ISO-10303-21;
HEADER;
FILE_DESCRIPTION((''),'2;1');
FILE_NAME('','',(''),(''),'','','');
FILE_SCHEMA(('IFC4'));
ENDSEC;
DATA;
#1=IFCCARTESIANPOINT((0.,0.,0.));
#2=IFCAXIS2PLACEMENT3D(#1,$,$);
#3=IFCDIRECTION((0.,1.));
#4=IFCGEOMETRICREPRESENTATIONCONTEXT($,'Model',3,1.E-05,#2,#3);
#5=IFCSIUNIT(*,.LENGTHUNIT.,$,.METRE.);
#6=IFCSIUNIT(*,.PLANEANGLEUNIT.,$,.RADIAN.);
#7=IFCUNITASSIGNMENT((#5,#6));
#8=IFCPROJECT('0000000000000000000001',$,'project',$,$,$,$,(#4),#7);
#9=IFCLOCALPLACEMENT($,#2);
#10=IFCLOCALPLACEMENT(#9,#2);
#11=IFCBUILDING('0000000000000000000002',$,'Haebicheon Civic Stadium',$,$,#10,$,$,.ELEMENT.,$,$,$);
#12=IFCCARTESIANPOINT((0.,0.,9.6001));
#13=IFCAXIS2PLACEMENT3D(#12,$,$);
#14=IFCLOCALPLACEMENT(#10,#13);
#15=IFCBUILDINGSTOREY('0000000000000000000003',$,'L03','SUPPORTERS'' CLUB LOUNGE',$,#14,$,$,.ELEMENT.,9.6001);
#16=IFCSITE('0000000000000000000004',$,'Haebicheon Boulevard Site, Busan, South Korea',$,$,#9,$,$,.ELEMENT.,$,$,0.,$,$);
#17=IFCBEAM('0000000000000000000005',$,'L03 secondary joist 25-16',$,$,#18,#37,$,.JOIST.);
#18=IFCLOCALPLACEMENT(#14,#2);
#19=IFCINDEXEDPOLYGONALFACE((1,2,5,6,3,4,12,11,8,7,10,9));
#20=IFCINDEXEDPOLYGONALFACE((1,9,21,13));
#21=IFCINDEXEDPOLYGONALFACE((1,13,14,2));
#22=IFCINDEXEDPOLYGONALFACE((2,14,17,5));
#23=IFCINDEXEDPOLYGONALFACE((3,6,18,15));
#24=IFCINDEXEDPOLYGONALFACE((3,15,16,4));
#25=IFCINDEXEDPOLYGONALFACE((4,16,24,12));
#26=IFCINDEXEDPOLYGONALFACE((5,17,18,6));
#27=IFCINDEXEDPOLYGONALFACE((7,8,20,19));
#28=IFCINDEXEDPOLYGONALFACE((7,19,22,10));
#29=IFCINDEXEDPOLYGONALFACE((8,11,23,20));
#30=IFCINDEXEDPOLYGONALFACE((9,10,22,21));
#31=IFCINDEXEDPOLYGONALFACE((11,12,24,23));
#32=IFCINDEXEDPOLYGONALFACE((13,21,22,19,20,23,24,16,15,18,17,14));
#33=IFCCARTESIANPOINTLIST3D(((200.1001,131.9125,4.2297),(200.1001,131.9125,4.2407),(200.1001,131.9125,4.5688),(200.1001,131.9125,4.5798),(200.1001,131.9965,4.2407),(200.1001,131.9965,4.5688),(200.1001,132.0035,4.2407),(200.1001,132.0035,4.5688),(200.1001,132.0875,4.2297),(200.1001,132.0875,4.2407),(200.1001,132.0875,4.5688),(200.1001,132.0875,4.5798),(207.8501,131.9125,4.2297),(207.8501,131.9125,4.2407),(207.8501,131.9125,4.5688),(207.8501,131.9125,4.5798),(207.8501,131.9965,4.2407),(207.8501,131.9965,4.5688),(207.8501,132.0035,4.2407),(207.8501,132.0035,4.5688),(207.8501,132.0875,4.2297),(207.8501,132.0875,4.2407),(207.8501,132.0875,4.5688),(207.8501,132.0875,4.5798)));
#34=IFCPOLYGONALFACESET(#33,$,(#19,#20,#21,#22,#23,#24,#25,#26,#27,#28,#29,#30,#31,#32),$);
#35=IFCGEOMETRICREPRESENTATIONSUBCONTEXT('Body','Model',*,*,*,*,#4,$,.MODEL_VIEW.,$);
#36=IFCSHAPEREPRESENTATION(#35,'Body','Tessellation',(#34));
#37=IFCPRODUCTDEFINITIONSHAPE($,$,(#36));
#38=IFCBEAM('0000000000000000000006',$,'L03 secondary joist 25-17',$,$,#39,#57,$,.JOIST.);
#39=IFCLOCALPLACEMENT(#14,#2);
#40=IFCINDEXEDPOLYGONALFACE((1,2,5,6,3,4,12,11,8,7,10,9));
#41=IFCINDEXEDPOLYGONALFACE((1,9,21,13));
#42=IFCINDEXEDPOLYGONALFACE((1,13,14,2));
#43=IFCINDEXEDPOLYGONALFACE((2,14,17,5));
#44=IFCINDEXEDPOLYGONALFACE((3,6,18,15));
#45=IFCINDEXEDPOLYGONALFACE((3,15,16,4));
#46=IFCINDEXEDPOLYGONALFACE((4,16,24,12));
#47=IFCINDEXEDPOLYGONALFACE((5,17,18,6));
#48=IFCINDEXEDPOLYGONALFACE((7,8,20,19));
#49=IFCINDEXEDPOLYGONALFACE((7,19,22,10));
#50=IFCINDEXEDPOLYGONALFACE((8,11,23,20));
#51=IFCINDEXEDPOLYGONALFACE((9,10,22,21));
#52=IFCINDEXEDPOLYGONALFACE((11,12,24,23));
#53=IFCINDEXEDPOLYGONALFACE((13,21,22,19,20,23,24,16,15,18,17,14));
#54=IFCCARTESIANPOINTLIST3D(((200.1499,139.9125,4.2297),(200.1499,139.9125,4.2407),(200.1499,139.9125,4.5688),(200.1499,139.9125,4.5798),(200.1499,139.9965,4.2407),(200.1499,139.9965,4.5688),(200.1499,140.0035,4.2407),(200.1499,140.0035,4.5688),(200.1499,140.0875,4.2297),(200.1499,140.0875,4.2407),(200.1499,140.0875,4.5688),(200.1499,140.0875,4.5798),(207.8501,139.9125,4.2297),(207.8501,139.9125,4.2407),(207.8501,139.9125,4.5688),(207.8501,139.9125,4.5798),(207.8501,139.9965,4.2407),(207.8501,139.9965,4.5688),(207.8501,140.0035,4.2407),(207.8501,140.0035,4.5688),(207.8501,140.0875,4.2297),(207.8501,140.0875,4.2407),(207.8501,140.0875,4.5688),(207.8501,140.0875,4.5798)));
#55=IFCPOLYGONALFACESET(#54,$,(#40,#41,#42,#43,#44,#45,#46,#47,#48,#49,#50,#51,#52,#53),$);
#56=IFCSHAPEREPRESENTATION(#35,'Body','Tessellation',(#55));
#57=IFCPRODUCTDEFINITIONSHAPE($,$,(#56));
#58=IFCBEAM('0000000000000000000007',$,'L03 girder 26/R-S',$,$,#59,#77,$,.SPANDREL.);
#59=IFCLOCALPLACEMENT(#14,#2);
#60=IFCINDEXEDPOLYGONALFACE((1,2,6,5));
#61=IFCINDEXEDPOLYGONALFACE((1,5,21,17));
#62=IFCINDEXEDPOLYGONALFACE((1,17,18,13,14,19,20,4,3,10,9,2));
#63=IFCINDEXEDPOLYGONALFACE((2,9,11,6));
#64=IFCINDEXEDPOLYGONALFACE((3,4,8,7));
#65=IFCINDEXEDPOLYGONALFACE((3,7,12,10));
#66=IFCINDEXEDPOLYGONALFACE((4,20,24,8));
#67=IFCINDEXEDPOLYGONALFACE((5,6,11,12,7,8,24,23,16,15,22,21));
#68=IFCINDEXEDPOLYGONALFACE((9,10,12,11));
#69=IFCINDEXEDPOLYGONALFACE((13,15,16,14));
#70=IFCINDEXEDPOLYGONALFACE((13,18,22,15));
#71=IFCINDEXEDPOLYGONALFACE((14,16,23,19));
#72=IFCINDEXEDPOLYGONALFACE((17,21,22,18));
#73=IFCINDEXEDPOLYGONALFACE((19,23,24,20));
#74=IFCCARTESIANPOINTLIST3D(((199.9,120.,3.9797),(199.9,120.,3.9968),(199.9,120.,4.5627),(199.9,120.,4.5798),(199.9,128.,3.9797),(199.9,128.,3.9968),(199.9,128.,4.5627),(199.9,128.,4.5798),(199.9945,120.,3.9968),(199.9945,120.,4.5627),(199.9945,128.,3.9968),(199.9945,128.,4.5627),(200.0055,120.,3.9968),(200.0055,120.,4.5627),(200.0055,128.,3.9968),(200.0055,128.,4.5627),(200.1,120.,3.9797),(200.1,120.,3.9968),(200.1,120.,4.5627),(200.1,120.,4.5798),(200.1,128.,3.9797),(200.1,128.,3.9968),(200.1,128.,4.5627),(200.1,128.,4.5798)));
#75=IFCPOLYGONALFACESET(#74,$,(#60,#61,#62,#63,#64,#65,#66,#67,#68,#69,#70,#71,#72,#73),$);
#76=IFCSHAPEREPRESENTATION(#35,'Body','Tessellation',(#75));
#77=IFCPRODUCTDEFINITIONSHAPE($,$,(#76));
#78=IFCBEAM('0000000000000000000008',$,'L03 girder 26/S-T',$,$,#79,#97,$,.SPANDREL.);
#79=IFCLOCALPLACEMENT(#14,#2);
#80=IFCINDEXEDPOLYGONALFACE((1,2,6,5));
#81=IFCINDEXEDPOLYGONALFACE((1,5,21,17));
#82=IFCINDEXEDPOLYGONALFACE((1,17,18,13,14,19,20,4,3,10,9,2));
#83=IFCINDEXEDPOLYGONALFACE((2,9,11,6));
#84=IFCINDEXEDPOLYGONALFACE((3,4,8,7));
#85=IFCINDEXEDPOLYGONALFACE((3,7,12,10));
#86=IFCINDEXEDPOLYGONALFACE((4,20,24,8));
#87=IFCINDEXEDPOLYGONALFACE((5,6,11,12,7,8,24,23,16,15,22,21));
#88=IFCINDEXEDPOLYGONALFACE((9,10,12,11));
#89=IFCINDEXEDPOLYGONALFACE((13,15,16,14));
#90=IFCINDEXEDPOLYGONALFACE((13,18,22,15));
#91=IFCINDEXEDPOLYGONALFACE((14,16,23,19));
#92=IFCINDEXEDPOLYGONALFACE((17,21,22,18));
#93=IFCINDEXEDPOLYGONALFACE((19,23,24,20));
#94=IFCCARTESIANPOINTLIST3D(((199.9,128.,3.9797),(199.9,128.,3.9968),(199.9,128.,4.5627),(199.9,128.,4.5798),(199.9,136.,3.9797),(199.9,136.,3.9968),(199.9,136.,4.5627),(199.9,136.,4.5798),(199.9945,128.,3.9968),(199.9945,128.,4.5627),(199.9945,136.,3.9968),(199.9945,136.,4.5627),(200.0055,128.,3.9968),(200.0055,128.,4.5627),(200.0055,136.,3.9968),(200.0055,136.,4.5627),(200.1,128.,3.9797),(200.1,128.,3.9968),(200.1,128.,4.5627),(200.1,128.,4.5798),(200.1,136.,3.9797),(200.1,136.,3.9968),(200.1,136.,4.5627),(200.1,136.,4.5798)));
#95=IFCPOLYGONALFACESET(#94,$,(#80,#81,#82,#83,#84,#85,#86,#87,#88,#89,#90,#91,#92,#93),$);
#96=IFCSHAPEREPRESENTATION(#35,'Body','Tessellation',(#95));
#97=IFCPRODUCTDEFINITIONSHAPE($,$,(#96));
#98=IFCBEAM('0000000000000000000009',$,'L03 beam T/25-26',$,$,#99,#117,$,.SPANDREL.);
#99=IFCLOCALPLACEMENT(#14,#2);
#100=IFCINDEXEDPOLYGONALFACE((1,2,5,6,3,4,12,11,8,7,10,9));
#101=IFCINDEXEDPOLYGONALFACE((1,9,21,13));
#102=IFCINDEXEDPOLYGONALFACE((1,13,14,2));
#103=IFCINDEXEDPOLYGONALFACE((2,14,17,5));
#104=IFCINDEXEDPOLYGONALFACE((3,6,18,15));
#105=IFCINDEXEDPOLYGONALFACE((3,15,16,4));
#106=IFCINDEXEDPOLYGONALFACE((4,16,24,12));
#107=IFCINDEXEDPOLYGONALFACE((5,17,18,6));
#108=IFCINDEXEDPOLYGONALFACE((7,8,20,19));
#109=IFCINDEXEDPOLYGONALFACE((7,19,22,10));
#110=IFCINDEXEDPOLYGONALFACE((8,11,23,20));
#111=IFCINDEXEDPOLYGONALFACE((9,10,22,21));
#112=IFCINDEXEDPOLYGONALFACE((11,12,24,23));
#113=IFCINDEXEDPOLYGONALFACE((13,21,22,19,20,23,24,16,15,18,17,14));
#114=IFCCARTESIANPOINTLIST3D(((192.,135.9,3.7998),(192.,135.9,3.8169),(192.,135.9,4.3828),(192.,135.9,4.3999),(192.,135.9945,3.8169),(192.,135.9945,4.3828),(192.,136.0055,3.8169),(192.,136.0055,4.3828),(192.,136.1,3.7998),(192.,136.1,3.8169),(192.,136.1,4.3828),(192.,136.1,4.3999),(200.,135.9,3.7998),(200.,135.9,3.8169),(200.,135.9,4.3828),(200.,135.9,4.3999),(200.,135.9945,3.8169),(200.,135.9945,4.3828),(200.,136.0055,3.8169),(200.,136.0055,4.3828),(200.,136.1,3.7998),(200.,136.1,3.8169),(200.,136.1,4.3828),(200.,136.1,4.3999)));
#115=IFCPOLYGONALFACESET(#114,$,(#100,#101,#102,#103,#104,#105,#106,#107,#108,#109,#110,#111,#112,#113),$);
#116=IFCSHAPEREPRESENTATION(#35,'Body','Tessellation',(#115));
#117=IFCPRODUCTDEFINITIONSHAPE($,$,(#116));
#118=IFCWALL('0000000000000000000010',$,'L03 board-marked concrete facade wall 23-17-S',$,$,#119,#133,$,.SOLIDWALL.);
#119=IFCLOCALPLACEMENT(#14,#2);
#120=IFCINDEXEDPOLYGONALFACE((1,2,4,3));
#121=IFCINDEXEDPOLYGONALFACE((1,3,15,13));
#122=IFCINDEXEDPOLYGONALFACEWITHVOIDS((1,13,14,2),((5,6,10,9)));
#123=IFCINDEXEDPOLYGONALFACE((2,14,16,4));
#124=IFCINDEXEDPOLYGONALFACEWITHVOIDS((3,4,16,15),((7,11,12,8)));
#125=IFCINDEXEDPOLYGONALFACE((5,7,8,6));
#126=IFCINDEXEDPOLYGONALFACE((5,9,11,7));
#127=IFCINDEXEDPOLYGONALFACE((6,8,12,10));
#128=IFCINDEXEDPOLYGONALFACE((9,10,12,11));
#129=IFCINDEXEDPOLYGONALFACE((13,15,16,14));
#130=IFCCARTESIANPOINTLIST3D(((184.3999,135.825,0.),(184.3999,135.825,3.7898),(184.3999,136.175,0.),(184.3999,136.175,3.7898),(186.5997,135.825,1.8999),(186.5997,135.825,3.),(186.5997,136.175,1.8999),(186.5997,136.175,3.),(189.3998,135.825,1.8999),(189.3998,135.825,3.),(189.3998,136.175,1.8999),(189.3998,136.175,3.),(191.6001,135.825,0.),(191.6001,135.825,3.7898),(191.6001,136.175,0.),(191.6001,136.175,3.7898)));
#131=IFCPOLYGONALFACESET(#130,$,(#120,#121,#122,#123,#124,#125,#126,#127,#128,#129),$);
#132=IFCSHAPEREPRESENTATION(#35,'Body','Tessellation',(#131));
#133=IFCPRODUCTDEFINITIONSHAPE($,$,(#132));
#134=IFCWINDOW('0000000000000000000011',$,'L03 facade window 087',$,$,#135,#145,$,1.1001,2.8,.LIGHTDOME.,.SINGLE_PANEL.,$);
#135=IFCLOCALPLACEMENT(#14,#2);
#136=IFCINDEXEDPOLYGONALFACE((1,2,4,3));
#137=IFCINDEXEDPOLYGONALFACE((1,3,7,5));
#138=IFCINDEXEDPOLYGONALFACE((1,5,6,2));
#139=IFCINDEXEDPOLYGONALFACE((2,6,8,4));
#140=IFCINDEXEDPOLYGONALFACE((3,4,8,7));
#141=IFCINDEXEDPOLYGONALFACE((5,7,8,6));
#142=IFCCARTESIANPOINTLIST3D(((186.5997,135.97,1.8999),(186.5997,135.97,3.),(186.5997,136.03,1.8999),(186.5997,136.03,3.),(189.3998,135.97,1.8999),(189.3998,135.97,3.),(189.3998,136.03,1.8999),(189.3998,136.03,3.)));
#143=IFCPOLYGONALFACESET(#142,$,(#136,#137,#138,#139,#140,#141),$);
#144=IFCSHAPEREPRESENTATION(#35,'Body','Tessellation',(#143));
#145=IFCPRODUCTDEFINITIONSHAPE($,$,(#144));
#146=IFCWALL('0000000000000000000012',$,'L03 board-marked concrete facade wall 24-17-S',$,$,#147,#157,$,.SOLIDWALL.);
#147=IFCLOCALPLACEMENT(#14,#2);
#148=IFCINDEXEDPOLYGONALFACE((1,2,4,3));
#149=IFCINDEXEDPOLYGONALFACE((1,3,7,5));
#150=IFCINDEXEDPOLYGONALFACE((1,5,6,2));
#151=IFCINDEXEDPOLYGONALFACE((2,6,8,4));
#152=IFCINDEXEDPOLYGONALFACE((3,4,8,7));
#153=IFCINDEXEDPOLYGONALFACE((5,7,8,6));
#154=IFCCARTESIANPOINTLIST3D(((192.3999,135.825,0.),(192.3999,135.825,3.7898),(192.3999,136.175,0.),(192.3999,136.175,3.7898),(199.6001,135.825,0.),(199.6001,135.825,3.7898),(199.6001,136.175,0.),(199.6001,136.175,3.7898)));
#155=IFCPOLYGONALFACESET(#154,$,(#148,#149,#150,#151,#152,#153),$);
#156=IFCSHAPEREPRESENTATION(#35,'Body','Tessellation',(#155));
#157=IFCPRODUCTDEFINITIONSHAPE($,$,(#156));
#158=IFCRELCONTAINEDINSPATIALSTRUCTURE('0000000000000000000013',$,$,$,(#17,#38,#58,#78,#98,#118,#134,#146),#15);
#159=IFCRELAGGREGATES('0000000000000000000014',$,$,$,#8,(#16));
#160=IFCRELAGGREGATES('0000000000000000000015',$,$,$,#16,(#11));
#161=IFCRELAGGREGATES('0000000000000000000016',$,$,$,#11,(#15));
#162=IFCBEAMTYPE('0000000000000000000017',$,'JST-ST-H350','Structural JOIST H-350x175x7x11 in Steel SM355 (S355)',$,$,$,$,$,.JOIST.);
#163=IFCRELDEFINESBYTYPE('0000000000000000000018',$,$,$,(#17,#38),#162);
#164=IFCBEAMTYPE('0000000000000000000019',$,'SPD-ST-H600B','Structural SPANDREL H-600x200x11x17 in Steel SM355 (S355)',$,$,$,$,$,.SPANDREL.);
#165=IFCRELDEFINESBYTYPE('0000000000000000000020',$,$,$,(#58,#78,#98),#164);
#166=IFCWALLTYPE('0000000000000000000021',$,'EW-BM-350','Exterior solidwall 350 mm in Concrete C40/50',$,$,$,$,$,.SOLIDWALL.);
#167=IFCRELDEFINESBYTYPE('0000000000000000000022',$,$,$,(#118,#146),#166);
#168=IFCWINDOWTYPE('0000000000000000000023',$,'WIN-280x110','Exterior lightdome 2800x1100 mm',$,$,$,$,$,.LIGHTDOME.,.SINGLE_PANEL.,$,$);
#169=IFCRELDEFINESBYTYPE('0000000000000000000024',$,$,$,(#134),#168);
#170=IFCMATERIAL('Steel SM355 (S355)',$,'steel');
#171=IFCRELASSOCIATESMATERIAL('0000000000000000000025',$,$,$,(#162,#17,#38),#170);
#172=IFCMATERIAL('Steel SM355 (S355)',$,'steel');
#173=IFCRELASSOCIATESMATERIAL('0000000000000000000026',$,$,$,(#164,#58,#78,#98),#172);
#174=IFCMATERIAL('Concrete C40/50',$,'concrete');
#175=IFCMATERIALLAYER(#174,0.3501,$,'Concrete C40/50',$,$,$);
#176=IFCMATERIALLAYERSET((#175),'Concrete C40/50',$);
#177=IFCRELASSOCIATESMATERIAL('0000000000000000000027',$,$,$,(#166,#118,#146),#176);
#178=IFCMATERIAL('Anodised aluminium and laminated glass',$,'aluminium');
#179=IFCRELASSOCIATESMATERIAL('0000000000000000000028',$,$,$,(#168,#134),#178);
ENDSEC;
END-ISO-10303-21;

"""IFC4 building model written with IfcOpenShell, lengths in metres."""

from ifc_helpers import new_model, si_unit, direction, frame, frame_2d, origin, origin_2d, place, context, subcontext, project, spatial, rectangle, i_section, extrude, material, layer, layer_set, material_profile, profile_set, type_object, element, fill, save


model = new_model("IFC4")

# Units and contexts
model_context = context("Model", 3, precision=1e-05, world=origin(), true_north=direction((0.0, 1.0)))
body_context = subcontext(model_context, "Body", "Model", "MODEL_VIEW")
ifc_project = project(units=[si_unit("LENGTHUNIT", "METRE"), si_unit("PLANEANGLEUNIT", "RADIAN")], contexts=[model_context])

# Site, building, storey
site_placement = place(None, origin())
site = spatial("IfcSite", under=ifc_project, at=site_placement, Name="Haebicheon Boulevard Site, Busan, South Korea", CompositionType="ELEMENT", RefElevation=0.0)
building_placement = place(site_placement, origin())
building = spatial("IfcBuilding", under=site, at=building_placement, Name="Haebicheon Civic Stadium", CompositionType="ELEMENT")
storey_placement = place(building_placement, frame((0.0, 0.0, 9.6001)))
storey = spatial("IfcBuildingStorey", under=building, at=storey_placement, Name="L03", Description="SUPPORTERS' CLUB LOUNGE", CompositionType="ELEMENT", Elevation=9.6001)

# Beams
ifc_material_1 = material(Name="Steel SM355 (S355)", Category="steel")
ifc_material_profile_1 = material_profile(ifc_material_1, i_section(OverallWidth=0.175, OverallDepth=0.3501, WebThickness=0.0071, FlangeThickness=0.011, at=origin_2d()), Name="H-350x175x7x11")
ifc_profile_set_1 = profile_set([ifc_material_profile_1], Name="Steel SM355 (S355)")
beam_type_1 = type_object("IfcBeamType", Name="JST-ST-H350", Description="Structural JOIST H-350x175x7x11 in Steel SM355 (S355)", PredefinedType="JOIST", material=ifc_profile_set_1)
for number, where, z_axis, x_axis, name in (
    (1, (200.1001, 132.0, 4.4048), (1.0, 0.0, 0.0), (0.0, 1.0, 0.0), "L03 secondary joist 25-16"),
):
    element("IfcBeam", number, at=place(storey_placement, frame(where, z_axis=z_axis, x_axis=x_axis)), inside=storey, type_object=beam_type_1, material=ifc_profile_set_1, Name=name, PredefinedType="JOIST", context=body_context, shape_type="SweptSolid", body=[
        extrude(i_section(OverallWidth=0.175, OverallDepth=0.3501, WebThickness=0.0071, FlangeThickness=0.011, at=origin_2d()), origin(), (0.0, 0.0, 1.0), 7.75),
    ])
beam_1_placement = place(storey_placement, frame((200.1499, 140.0, 4.4048), z_axis=(1.0, 0.0, 0.0), x_axis=(0.0, 1.0, 0.0)))
element("IfcBeam", 2, at=beam_1_placement, inside=storey, type_object=beam_type_1, material=ifc_profile_set_1, Name="L03 secondary joist 25-17", PredefinedType="JOIST", context=body_context, shape_type="SweptSolid", body=[
    extrude(i_section(OverallWidth=0.175, OverallDepth=0.3501, WebThickness=0.0071, FlangeThickness=0.011, at=origin_2d()), origin(), (0.0, 0.0, 1.0), 7.7002),
])
ifc_material_2 = material(Name="Steel SM355 (S355)", Category="steel")
ifc_material_profile_2 = material_profile(ifc_material_2, i_section(OverallWidth=0.2, OverallDepth=0.6001, WebThickness=0.011, FlangeThickness=0.0171, at=origin_2d()), Name="H-600x200x11x17")
ifc_profile_set_2 = profile_set([ifc_material_profile_2], Name="Steel SM355 (S355)")
beam_type_2 = type_object("IfcBeamType", Name="SPD-ST-H600B", Description="Structural SPANDREL H-600x200x11x17 in Steel SM355 (S355)", PredefinedType="SPANDREL", material=ifc_profile_set_2)
for number, where, z_axis, x_axis, name in (
    (3, (200.0, 120.0, 4.2798), (0.0, 1.0, 0.0), (-1.0, 0.0, 0.0), "L03 girder 26/R-S"),
    (4, (200.0, 128.0, 4.2798), (0.0, 1.0, 0.0), (-1.0, 0.0, 0.0), "L03 girder 26/S-T"),
    (5, (192.0, 136.0, 4.0999), (1.0, 0.0, 0.0), (0.0, 1.0, 0.0), "L03 beam T/25-26"),
):
    element("IfcBeam", number, at=place(storey_placement, frame(where, z_axis=z_axis, x_axis=x_axis)), inside=storey, type_object=beam_type_2, material=ifc_profile_set_2, Name=name, PredefinedType="SPANDREL", context=body_context, shape_type="SweptSolid", body=[
        extrude(i_section(OverallWidth=0.2, OverallDepth=0.6001, WebThickness=0.011, FlangeThickness=0.0171, at=origin_2d()), origin(), (0.0, 0.0, 1.0), 8.0),
    ])

# Wall, opening, window
ifc_material_3 = material(Name="Concrete C40/50", Category="concrete")
ifc_layer_1 = layer(ifc_material_3, 0.3501, Name="Concrete C40/50")
ifc_layer_set_1 = layer_set([ifc_layer_1], Name="Concrete C40/50")
wall_type_1 = type_object("IfcWallType", Name="EW-BM-350", Description="Exterior solidwall 350 mm in Concrete C40/50", PredefinedType="SOLIDWALL", material=ifc_layer_set_1)
wall_1_placement = place(storey_placement, frame((184.3999, 136.0, 0.0), z_axis=(0.0, 0.0, 1.0), x_axis=(1.0, 0.0, 0.0)))
wall_1 = element("IfcWall", 6, at=wall_1_placement, inside=storey, type_object=wall_type_1, material=ifc_layer_set_1, Name="L03 board-marked concrete facade wall 23-17-S", PredefinedType="SOLIDWALL", context=body_context, shape_type="SweptSolid", body=[
    extrude(rectangle(XDim=7.2002, YDim=0.3501, at=frame_2d((3.6001, 0.0))), origin(), (0.0, 0.0, 1.0), 3.7898),
])
opening_1_placement = place(wall_1_placement, frame((2.2, 0.0, 1.8999)))
opening_1 = element("IfcOpeningElement", 7, at=opening_1_placement, cuts=wall_1, PredefinedType="OPENING", context=body_context, shape_type="SweptSolid", body=[
    extrude(rectangle(XDim=2.8, YDim=1.1001, at=frame_2d((1.3999, 0.55))), frame((0.0, 0.1851, 0.0), z_axis=(0.0, -1.0, 0.0), x_axis=(1.0, 0.0, 0.0)), (0.0, 0.0, 1.0), 0.3701),
])
ifc_material_4 = material(Name="Anodised aluminium and laminated glass", Category="aluminium")
window_type_1 = type_object("IfcWindowType", Name="WIN-280x110", Description="Exterior lightdome 2800x1100 mm", PartitioningType="SINGLE_PANEL", PredefinedType="LIGHTDOME", material=ifc_material_4)
window_1_placement = place(opening_1_placement, origin())
window_1 = element("IfcWindow", 8, at=window_1_placement, inside=storey, type_object=window_type_1, material=ifc_material_4, Name="L03 facade window 087", OverallHeight=1.1001, OverallWidth=2.8, PartitioningType="SINGLE_PANEL", PredefinedType="LIGHTDOME", context=body_context, shape_type="SweptSolid", body=[
    extrude(rectangle(XDim=2.8, YDim=1.1001, at=frame_2d((1.3999, 0.55))), frame((0.0, 0.03, 0.0), z_axis=(0.0, -1.0, 0.0), x_axis=(1.0, 0.0, 0.0)), (0.0, 0.0, 1.0), 0.0601),
])
fill(opening_1, window_1)

# Wall
wall_2_placement = place(storey_placement, frame((192.3999, 136.0, 0.0), z_axis=(0.0, 0.0, 1.0), x_axis=(1.0, 0.0, 0.0)))
element("IfcWall", 9, at=wall_2_placement, inside=storey, type_object=wall_type_1, material=ifc_layer_set_1, Name="L03 board-marked concrete facade wall 24-17-S", PredefinedType="SOLIDWALL", context=body_context, shape_type="SweptSolid", body=[
    extrude(rectangle(XDim=7.2002, YDim=0.3501, at=frame_2d((3.6001, 0.0))), origin(), (0.0, 0.0, 1.0), 3.7898),
])

save(model, "model.ifc")
